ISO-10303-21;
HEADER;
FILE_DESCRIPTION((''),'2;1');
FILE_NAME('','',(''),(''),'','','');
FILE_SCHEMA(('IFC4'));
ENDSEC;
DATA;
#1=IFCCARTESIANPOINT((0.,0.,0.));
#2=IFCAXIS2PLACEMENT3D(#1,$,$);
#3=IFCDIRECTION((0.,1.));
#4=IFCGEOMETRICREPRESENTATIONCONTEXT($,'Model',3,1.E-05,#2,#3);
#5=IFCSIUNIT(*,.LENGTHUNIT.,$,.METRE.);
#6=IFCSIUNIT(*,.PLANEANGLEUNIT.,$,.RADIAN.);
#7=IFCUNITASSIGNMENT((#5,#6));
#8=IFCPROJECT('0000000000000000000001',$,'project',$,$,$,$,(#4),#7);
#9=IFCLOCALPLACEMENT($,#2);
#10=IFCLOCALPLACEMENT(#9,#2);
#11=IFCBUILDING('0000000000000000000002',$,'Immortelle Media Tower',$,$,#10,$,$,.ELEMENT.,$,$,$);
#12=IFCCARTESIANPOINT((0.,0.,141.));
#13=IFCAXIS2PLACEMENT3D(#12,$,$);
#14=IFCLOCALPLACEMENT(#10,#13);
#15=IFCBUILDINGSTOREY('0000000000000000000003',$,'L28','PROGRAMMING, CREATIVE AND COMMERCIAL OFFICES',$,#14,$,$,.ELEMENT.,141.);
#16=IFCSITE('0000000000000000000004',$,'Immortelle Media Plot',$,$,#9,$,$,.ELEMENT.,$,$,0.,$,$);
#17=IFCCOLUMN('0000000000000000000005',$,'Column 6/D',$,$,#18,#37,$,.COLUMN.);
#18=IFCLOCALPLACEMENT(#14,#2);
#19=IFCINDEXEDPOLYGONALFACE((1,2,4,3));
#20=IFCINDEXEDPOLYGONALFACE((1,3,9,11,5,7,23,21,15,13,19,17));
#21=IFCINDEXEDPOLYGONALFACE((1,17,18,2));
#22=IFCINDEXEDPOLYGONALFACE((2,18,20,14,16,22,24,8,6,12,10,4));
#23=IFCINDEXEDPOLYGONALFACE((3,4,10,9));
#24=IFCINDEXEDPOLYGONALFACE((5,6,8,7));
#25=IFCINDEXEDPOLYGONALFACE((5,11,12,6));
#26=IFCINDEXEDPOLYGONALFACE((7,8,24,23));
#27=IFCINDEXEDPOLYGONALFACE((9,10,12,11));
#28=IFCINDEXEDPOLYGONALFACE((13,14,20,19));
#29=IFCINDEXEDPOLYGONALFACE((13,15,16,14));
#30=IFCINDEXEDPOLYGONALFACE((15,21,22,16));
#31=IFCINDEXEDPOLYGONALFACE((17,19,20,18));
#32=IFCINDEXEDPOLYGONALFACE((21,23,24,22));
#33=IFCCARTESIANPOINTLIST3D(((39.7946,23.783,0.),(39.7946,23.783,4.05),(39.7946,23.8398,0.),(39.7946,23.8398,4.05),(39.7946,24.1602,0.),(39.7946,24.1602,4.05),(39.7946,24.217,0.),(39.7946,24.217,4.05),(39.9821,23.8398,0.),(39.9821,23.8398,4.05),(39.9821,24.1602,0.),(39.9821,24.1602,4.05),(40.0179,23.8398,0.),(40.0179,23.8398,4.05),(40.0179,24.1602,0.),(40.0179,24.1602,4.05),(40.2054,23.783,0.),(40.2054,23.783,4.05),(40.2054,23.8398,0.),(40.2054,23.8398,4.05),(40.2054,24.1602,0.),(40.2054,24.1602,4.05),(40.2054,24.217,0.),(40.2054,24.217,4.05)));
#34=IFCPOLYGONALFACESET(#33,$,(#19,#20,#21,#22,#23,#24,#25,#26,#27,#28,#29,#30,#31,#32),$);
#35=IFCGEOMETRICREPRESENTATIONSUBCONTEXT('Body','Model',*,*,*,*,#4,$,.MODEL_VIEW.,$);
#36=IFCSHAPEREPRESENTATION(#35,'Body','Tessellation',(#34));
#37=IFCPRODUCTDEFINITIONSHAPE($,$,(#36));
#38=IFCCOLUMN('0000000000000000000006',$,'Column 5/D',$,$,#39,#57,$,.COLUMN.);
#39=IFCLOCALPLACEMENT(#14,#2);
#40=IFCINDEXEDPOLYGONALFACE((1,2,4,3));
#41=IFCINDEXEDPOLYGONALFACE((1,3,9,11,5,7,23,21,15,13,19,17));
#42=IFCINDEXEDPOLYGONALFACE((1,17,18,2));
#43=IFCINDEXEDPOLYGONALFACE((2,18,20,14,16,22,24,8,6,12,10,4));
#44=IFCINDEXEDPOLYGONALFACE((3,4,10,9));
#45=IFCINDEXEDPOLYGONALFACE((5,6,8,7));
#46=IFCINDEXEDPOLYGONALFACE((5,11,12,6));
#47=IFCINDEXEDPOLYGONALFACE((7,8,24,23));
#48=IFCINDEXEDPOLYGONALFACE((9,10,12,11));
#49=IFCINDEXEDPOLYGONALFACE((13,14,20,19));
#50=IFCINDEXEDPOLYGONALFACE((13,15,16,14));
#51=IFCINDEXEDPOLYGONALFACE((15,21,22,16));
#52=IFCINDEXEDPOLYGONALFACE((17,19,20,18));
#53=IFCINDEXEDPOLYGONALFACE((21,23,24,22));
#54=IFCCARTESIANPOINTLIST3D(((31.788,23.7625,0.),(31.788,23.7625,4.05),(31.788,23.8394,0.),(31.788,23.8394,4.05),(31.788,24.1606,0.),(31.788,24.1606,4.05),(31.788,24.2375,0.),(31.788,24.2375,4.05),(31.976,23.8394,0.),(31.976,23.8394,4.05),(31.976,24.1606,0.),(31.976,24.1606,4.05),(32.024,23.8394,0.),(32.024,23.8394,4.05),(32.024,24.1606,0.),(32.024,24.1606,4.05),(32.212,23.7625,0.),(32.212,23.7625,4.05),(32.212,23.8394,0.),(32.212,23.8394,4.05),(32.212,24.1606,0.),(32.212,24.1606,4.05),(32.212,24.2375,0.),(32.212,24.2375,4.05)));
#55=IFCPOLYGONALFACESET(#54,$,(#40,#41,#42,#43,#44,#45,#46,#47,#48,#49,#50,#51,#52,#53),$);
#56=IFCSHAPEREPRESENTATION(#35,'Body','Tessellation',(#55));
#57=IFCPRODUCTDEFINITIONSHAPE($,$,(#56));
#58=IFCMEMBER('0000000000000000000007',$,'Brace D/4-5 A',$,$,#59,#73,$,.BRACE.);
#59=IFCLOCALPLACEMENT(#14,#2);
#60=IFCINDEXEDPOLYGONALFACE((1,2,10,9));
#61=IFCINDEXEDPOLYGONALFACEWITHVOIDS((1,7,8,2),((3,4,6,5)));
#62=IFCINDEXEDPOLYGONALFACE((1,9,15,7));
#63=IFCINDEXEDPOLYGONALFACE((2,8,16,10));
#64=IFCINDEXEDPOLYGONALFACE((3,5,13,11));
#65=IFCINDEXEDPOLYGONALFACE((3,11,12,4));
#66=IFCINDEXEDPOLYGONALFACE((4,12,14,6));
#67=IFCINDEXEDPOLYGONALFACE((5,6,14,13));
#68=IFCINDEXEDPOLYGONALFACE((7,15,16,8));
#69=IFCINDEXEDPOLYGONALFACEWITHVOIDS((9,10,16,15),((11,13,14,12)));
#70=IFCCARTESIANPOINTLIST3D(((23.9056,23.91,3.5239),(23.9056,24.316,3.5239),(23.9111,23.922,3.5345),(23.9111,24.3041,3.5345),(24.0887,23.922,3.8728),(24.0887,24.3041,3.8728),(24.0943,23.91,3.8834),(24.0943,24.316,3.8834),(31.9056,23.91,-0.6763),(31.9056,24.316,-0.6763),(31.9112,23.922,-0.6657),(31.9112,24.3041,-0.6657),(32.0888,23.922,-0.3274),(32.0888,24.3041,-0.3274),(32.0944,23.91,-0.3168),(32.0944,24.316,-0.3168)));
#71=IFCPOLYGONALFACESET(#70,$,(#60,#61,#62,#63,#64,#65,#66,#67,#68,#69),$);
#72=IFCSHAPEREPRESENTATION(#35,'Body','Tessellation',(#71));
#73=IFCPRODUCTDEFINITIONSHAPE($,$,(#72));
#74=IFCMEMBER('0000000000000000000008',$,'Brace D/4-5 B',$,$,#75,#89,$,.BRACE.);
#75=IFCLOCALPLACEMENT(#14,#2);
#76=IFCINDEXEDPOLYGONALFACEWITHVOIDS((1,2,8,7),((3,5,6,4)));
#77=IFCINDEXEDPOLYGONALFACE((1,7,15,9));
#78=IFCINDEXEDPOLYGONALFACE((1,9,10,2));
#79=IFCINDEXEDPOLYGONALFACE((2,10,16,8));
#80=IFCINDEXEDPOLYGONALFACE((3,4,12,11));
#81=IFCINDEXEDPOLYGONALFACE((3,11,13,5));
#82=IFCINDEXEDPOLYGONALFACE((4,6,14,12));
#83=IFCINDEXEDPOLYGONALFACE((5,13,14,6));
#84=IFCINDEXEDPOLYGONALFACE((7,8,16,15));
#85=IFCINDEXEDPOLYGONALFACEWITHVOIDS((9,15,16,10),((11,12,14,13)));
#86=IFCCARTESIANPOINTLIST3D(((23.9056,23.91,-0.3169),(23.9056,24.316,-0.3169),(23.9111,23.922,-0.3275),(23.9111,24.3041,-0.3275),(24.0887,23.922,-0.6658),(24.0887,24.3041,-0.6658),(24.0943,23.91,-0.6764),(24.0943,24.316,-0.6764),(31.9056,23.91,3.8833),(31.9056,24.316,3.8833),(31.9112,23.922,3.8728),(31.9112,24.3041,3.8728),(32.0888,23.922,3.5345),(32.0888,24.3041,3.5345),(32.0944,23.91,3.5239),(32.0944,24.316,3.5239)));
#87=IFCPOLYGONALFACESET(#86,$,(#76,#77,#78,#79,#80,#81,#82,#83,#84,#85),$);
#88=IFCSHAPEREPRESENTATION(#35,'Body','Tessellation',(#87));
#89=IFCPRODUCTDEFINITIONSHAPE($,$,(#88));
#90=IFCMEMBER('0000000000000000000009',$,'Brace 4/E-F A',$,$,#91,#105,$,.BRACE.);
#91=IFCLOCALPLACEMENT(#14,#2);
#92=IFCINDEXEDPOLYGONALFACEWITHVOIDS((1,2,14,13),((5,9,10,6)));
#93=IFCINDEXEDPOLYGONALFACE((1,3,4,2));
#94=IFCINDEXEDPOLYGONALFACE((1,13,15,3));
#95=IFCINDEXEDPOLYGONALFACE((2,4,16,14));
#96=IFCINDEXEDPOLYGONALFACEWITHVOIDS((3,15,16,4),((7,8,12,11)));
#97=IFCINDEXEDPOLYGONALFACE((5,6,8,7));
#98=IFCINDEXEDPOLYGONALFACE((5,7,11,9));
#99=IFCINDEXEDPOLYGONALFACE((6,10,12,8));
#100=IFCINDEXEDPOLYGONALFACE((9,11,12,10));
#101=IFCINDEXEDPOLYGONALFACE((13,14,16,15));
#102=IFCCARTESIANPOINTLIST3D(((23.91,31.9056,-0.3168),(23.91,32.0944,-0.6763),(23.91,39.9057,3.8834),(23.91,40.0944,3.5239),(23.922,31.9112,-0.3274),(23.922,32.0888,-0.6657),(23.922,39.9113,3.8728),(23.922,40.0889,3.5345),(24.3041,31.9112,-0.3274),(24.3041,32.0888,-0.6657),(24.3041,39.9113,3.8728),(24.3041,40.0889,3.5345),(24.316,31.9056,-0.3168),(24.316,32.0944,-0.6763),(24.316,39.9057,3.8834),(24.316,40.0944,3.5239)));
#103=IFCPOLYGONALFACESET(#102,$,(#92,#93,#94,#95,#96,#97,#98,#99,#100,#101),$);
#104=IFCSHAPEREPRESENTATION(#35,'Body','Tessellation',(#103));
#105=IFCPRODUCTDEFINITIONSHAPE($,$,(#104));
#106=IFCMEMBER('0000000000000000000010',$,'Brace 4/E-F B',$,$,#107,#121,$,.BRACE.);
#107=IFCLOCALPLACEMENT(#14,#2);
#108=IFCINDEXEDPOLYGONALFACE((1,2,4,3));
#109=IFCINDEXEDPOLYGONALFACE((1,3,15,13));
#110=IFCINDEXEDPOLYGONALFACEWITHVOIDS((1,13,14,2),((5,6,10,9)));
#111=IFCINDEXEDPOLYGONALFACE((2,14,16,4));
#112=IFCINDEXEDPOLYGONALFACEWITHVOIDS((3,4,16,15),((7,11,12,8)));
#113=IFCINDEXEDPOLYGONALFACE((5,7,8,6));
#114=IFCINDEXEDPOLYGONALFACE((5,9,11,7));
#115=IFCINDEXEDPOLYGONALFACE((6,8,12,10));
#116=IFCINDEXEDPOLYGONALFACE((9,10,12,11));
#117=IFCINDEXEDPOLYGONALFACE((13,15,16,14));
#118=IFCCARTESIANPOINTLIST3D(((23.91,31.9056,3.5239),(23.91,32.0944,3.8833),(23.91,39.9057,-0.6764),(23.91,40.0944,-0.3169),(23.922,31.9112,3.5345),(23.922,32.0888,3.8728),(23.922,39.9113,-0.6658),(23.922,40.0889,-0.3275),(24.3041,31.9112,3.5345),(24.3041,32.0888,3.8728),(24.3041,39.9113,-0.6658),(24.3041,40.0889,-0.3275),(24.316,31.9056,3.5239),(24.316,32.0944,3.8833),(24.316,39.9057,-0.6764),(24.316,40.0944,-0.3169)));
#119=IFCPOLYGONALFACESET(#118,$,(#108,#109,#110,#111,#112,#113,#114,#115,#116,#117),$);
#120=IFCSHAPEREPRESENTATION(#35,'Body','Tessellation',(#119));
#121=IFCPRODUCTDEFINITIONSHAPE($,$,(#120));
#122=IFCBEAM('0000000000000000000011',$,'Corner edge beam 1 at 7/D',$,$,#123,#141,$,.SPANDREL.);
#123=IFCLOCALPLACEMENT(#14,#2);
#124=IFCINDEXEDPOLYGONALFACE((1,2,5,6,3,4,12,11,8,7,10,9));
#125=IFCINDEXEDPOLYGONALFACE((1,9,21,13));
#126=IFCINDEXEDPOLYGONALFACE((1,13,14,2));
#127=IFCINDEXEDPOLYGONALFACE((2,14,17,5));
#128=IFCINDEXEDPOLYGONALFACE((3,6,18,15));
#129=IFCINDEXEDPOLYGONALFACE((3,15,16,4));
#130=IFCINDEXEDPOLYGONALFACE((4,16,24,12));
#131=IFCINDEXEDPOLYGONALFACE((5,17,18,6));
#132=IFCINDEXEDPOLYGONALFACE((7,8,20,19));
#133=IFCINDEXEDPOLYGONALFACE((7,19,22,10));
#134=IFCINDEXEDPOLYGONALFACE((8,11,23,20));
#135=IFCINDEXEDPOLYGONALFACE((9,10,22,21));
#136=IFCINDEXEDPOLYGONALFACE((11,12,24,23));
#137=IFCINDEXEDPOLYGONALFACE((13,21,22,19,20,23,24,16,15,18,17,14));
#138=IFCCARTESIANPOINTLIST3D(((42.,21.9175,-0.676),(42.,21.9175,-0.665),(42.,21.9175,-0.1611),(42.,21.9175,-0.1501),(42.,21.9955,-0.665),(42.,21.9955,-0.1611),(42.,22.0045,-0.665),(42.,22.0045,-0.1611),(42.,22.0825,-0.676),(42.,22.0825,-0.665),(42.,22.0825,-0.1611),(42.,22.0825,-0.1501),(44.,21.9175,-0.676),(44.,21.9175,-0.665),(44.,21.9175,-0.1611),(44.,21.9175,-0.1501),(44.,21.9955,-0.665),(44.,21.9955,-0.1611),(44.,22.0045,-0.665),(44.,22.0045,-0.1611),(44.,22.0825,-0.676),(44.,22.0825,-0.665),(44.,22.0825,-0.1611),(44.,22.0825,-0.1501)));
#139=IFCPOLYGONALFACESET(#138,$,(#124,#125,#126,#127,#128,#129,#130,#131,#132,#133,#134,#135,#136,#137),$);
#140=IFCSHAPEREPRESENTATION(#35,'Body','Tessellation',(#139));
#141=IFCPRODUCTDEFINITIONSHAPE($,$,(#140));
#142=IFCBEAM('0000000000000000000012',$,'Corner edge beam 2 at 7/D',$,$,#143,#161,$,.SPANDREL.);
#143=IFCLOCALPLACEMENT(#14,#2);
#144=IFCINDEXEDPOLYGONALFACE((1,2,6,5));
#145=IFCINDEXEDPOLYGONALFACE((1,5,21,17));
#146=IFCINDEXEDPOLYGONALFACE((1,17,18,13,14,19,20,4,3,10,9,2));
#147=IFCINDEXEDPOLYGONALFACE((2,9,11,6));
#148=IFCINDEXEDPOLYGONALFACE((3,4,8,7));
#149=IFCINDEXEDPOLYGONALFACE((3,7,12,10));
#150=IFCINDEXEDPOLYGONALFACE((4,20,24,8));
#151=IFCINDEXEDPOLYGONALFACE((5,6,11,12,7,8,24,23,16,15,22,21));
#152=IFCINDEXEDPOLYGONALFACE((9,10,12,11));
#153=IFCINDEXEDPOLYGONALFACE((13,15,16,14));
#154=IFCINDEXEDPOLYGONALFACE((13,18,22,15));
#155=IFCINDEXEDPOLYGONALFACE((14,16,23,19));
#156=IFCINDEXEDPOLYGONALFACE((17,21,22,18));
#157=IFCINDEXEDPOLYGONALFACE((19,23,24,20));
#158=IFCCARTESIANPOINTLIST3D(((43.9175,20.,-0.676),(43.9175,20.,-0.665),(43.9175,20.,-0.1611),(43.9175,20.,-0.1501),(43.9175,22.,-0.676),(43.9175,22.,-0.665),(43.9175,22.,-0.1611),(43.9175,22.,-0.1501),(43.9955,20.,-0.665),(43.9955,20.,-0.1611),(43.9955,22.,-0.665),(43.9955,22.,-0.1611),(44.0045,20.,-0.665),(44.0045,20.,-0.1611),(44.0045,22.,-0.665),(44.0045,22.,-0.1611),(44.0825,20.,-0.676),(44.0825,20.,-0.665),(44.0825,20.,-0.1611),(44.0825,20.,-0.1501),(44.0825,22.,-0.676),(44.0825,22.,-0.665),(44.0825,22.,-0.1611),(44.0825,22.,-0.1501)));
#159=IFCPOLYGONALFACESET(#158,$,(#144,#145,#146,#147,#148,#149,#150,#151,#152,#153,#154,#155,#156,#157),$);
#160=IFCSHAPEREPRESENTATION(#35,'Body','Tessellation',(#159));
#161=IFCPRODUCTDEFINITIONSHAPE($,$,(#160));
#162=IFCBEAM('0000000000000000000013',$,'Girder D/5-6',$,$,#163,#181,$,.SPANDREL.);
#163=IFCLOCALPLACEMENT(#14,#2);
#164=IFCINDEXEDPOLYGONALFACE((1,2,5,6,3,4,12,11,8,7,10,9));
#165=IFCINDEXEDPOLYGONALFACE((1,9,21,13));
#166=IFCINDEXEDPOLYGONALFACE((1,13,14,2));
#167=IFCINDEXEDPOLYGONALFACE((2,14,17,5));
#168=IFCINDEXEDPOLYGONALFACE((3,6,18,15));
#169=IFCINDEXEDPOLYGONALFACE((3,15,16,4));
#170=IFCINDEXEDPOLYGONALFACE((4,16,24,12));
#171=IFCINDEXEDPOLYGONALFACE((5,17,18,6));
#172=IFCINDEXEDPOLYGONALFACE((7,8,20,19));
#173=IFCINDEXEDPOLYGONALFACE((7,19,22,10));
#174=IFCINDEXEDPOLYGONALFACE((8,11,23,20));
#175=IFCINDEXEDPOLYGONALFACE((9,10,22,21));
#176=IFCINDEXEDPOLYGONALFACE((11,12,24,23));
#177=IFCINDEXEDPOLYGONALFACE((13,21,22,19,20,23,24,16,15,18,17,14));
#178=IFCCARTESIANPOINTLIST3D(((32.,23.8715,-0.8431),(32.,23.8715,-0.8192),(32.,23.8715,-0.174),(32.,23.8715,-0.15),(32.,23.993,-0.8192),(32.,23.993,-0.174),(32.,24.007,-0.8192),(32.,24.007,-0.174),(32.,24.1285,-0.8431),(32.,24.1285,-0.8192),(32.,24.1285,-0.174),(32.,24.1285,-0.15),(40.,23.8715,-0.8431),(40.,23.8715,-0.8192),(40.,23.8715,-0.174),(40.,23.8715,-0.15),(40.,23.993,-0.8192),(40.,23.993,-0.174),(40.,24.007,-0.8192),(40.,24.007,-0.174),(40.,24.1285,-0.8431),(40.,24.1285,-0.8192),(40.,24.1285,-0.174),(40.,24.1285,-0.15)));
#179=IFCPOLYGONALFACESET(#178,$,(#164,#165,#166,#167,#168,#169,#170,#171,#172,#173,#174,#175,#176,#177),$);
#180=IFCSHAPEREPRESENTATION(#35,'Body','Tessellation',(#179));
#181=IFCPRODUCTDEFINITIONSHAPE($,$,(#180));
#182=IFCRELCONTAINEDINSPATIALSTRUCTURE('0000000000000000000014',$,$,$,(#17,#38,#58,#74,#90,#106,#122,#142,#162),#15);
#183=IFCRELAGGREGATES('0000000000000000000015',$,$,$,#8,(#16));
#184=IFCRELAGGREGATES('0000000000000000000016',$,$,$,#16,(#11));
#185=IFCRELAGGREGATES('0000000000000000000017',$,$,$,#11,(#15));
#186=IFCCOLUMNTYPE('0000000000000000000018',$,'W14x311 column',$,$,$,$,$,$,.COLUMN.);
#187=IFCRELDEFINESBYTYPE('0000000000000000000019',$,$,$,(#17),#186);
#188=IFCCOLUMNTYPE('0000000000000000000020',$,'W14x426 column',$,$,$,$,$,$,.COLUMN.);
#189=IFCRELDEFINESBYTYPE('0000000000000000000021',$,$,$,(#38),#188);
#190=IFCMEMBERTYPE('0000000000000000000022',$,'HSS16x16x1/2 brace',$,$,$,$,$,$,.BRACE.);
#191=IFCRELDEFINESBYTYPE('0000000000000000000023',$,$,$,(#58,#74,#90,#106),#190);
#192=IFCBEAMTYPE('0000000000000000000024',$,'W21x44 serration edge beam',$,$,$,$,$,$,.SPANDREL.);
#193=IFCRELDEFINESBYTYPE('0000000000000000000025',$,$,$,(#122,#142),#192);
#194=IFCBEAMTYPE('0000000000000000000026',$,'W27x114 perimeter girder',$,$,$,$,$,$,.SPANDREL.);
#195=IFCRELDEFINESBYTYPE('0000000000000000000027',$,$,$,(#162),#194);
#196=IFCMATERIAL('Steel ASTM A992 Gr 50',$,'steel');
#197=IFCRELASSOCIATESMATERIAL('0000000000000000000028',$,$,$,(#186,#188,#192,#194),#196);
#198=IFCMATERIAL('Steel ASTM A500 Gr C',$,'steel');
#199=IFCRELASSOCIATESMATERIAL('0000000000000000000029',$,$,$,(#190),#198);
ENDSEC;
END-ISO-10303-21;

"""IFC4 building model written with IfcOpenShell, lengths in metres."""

from ifc_helpers import new_model, si_unit, direction, frame, origin, origin_2d, place, context, subcontext, project, spatial, hollow_rectangle, i_section, extrude, material, material_profile, profile_set, type_object, element, save


model = new_model("IFC4")

# Units and contexts
model_context = context("Model", 3, precision=1e-05, world=origin(), true_north=direction((0.0, 1.0)))
body_context = subcontext(model_context, "Body", "Model", "MODEL_VIEW")
ifc_project = project(units=[si_unit("LENGTHUNIT", "METRE"), si_unit("PLANEANGLEUNIT", "RADIAN")], contexts=[model_context])

# Site, building, storey
site_placement = place(None, origin())
site = spatial("IfcSite", under=ifc_project, at=site_placement, Name="Immortelle Media Plot", CompositionType="ELEMENT", RefElevation=0.0)
building_placement = place(site_placement, origin())
building = spatial("IfcBuilding", under=site, at=building_placement, Name="Immortelle Media Tower", CompositionType="ELEMENT")
storey_placement = place(building_placement, frame((0.0, 0.0, 141.0)))
storey = spatial("IfcBuildingStorey", under=building, at=storey_placement, Name="L28", Description="PROGRAMMING, CREATIVE AND COMMERCIAL OFFICES", CompositionType="ELEMENT", Elevation=141.0)

# Columns
ifc_material_1 = material(Name="Steel ASTM A992 Gr 50", Category="steel")
ifc_material_profile_1 = material_profile(ifc_material_1, i_section(OverallWidth=0.4109, OverallDepth=0.4341, WebThickness=0.0359, FlangeThickness=0.0569, at=origin_2d()), Name="W14x311")
ifc_profile_set_1 = profile_set([ifc_material_profile_1], Name="Steel ASTM A992 Gr 50")
column_type_1 = type_object("IfcColumnType", Name="W14x311 column", PredefinedType="COLUMN", material=ifc_profile_set_1)
column_1_placement = place(storey_placement, frame((40.0, 24.0, 0.0), z_axis=(0.0, 0.0, 1.0), x_axis=(1.0, 0.0, 0.0)))
element("IfcColumn", 1, at=column_1_placement, inside=storey, type_object=column_type_1, Name="Column 6/D", PredefinedType="COLUMN", context=body_context, shape_type="SweptSolid", body=[
    extrude(i_section(OverallWidth=0.4109, OverallDepth=0.4341, WebThickness=0.0359, FlangeThickness=0.0569, at=origin_2d()), origin(), (0.0, 0.0, 1.0), 4.05),
])
ifc_material_profile_2 = material_profile(ifc_material_1, i_section(OverallWidth=0.4241, OverallDepth=0.4751, WebThickness=0.0481, FlangeThickness=0.0769, at=origin_2d()), Name="W14x426")
ifc_profile_set_2 = profile_set([ifc_material_profile_2], Name="Steel ASTM A992 Gr 50")
column_type_2 = type_object("IfcColumnType", Name="W14x426 column", PredefinedType="COLUMN", material=ifc_profile_set_2)
column_2_placement = place(storey_placement, frame((32.0, 24.0, 0.0), z_axis=(0.0, 0.0, 1.0), x_axis=(1.0, 0.0, 0.0)))
element("IfcColumn", 2, at=column_2_placement, inside=storey, type_object=column_type_2, Name="Column 5/D", PredefinedType="COLUMN", context=body_context, shape_type="SweptSolid", body=[
    extrude(i_section(OverallWidth=0.4241, OverallDepth=0.4751, WebThickness=0.0481, FlangeThickness=0.0769, at=origin_2d()), origin(), (0.0, 0.0, 1.0), 4.05),
])

# Members
ifc_material_2 = material(Name="Steel ASTM A500 Gr C", Category="steel")
ifc_material_profile_3 = material_profile(ifc_material_2, hollow_rectangle(XDim=0.406, YDim=0.406, WallThickness=0.012, at=origin_2d()), Name="HSS16x16x1/2 brace")
ifc_profile_set_3 = profile_set([ifc_material_profile_3], Name="Steel ASTM A500 Gr C")
member_type = type_object("IfcMemberType", Name="HSS16x16x1/2 brace", PredefinedType="BRACE", material=ifc_profile_set_3)
for number, where, z_axis, x_axis, name in (
    (3, (32.0, 24.113, -0.4966), (-0.885389, 0.0, 0.464851), (0.0, -1.0, 0.0), "Brace D/4-5 A"),
    (4, (32.0, 24.113, 3.7036), (-0.885389, 0.0, -0.464851), (0.0, -1.0, 0.0), "Brace D/4-5 B"),
    (5, (24.113, 32.0, -0.4966), (0.0, 0.885389, 0.464851), (-1.0, 0.0, 0.0), "Brace 4/E-F A"),
    (6, (24.113, 32.0, 3.7036), (0.0, 0.885389, -0.464851), (-1.0, 0.0, 0.0), "Brace 4/E-F B"),
):
    element("IfcMember", number, at=place(storey_placement, frame(where, z_axis=z_axis, x_axis=x_axis)), inside=storey, type_object=member_type, Name=name, PredefinedType="BRACE", context=body_context, shape_type="SweptSolid", body=[
        extrude(hollow_rectangle(XDim=0.406, YDim=0.406, WallThickness=0.012, at=origin_2d()), origin(), (0.0, 0.0, 1.0), 9.0356),
    ])

# Beams
ifc_material_profile_4 = material_profile(ifc_material_1, i_section(OverallWidth=0.165, OverallDepth=0.5259, WebThickness=0.009, FlangeThickness=0.011, at=origin_2d()), Name="W21x44")
ifc_profile_set_4 = profile_set([ifc_material_profile_4], Name="Steel ASTM A992 Gr 50")
beam_type_1 = type_object("IfcBeamType", Name="W21x44 serration edge beam", PredefinedType="SPANDREL", material=ifc_profile_set_4)
for number, where, z_axis, x_axis, name in (
    (7, (42.0, 22.0, -0.4131), (1.0, 0.0, 0.0), (0.0, 1.0, 0.0), "Corner edge beam 1 at 7/D"),
    (8, (44.0, 22.0, -0.4131), (0.0, -1.0, 0.0), (1.0, 0.0, 0.0), "Corner edge beam 2 at 7/D"),
):
    element("IfcBeam", number, at=place(storey_placement, frame(where, z_axis=z_axis, x_axis=x_axis)), inside=storey, type_object=beam_type_1, Name=name, PredefinedType="SPANDREL", context=body_context, shape_type="SweptSolid", body=[
        extrude(i_section(OverallWidth=0.165, OverallDepth=0.5259, WebThickness=0.009, FlangeThickness=0.011, at=origin_2d()), origin(), (0.0, 0.0, 1.0), 2.0),
    ])
ifc_material_profile_5 = material_profile(ifc_material_1, i_section(OverallWidth=0.2571, OverallDepth=0.6931, WebThickness=0.0139, FlangeThickness=0.0239, at=origin_2d()), Name="W27x114")
ifc_profile_set_5 = profile_set([ifc_material_profile_5], Name="Steel ASTM A992 Gr 50")
beam_type_2 = type_object("IfcBeamType", Name="W27x114 perimeter girder", PredefinedType="SPANDREL", material=ifc_profile_set_5)
beam_1_placement = place(storey_placement, frame((32.0, 24.0, -0.4966), z_axis=(1.0, 0.0, 0.0), x_axis=(0.0, 1.0, 0.0)))
element("IfcBeam", 9, at=beam_1_placement, inside=storey, type_object=beam_type_2, Name="Girder D/5-6", PredefinedType="SPANDREL", context=body_context, shape_type="SweptSolid", body=[
    extrude(i_section(OverallWidth=0.2571, OverallDepth=0.6931, WebThickness=0.0139, FlangeThickness=0.0239, at=origin_2d()), origin(), (0.0, 0.0, 1.0), 8.0),
])

save(model, "model.ifc")
